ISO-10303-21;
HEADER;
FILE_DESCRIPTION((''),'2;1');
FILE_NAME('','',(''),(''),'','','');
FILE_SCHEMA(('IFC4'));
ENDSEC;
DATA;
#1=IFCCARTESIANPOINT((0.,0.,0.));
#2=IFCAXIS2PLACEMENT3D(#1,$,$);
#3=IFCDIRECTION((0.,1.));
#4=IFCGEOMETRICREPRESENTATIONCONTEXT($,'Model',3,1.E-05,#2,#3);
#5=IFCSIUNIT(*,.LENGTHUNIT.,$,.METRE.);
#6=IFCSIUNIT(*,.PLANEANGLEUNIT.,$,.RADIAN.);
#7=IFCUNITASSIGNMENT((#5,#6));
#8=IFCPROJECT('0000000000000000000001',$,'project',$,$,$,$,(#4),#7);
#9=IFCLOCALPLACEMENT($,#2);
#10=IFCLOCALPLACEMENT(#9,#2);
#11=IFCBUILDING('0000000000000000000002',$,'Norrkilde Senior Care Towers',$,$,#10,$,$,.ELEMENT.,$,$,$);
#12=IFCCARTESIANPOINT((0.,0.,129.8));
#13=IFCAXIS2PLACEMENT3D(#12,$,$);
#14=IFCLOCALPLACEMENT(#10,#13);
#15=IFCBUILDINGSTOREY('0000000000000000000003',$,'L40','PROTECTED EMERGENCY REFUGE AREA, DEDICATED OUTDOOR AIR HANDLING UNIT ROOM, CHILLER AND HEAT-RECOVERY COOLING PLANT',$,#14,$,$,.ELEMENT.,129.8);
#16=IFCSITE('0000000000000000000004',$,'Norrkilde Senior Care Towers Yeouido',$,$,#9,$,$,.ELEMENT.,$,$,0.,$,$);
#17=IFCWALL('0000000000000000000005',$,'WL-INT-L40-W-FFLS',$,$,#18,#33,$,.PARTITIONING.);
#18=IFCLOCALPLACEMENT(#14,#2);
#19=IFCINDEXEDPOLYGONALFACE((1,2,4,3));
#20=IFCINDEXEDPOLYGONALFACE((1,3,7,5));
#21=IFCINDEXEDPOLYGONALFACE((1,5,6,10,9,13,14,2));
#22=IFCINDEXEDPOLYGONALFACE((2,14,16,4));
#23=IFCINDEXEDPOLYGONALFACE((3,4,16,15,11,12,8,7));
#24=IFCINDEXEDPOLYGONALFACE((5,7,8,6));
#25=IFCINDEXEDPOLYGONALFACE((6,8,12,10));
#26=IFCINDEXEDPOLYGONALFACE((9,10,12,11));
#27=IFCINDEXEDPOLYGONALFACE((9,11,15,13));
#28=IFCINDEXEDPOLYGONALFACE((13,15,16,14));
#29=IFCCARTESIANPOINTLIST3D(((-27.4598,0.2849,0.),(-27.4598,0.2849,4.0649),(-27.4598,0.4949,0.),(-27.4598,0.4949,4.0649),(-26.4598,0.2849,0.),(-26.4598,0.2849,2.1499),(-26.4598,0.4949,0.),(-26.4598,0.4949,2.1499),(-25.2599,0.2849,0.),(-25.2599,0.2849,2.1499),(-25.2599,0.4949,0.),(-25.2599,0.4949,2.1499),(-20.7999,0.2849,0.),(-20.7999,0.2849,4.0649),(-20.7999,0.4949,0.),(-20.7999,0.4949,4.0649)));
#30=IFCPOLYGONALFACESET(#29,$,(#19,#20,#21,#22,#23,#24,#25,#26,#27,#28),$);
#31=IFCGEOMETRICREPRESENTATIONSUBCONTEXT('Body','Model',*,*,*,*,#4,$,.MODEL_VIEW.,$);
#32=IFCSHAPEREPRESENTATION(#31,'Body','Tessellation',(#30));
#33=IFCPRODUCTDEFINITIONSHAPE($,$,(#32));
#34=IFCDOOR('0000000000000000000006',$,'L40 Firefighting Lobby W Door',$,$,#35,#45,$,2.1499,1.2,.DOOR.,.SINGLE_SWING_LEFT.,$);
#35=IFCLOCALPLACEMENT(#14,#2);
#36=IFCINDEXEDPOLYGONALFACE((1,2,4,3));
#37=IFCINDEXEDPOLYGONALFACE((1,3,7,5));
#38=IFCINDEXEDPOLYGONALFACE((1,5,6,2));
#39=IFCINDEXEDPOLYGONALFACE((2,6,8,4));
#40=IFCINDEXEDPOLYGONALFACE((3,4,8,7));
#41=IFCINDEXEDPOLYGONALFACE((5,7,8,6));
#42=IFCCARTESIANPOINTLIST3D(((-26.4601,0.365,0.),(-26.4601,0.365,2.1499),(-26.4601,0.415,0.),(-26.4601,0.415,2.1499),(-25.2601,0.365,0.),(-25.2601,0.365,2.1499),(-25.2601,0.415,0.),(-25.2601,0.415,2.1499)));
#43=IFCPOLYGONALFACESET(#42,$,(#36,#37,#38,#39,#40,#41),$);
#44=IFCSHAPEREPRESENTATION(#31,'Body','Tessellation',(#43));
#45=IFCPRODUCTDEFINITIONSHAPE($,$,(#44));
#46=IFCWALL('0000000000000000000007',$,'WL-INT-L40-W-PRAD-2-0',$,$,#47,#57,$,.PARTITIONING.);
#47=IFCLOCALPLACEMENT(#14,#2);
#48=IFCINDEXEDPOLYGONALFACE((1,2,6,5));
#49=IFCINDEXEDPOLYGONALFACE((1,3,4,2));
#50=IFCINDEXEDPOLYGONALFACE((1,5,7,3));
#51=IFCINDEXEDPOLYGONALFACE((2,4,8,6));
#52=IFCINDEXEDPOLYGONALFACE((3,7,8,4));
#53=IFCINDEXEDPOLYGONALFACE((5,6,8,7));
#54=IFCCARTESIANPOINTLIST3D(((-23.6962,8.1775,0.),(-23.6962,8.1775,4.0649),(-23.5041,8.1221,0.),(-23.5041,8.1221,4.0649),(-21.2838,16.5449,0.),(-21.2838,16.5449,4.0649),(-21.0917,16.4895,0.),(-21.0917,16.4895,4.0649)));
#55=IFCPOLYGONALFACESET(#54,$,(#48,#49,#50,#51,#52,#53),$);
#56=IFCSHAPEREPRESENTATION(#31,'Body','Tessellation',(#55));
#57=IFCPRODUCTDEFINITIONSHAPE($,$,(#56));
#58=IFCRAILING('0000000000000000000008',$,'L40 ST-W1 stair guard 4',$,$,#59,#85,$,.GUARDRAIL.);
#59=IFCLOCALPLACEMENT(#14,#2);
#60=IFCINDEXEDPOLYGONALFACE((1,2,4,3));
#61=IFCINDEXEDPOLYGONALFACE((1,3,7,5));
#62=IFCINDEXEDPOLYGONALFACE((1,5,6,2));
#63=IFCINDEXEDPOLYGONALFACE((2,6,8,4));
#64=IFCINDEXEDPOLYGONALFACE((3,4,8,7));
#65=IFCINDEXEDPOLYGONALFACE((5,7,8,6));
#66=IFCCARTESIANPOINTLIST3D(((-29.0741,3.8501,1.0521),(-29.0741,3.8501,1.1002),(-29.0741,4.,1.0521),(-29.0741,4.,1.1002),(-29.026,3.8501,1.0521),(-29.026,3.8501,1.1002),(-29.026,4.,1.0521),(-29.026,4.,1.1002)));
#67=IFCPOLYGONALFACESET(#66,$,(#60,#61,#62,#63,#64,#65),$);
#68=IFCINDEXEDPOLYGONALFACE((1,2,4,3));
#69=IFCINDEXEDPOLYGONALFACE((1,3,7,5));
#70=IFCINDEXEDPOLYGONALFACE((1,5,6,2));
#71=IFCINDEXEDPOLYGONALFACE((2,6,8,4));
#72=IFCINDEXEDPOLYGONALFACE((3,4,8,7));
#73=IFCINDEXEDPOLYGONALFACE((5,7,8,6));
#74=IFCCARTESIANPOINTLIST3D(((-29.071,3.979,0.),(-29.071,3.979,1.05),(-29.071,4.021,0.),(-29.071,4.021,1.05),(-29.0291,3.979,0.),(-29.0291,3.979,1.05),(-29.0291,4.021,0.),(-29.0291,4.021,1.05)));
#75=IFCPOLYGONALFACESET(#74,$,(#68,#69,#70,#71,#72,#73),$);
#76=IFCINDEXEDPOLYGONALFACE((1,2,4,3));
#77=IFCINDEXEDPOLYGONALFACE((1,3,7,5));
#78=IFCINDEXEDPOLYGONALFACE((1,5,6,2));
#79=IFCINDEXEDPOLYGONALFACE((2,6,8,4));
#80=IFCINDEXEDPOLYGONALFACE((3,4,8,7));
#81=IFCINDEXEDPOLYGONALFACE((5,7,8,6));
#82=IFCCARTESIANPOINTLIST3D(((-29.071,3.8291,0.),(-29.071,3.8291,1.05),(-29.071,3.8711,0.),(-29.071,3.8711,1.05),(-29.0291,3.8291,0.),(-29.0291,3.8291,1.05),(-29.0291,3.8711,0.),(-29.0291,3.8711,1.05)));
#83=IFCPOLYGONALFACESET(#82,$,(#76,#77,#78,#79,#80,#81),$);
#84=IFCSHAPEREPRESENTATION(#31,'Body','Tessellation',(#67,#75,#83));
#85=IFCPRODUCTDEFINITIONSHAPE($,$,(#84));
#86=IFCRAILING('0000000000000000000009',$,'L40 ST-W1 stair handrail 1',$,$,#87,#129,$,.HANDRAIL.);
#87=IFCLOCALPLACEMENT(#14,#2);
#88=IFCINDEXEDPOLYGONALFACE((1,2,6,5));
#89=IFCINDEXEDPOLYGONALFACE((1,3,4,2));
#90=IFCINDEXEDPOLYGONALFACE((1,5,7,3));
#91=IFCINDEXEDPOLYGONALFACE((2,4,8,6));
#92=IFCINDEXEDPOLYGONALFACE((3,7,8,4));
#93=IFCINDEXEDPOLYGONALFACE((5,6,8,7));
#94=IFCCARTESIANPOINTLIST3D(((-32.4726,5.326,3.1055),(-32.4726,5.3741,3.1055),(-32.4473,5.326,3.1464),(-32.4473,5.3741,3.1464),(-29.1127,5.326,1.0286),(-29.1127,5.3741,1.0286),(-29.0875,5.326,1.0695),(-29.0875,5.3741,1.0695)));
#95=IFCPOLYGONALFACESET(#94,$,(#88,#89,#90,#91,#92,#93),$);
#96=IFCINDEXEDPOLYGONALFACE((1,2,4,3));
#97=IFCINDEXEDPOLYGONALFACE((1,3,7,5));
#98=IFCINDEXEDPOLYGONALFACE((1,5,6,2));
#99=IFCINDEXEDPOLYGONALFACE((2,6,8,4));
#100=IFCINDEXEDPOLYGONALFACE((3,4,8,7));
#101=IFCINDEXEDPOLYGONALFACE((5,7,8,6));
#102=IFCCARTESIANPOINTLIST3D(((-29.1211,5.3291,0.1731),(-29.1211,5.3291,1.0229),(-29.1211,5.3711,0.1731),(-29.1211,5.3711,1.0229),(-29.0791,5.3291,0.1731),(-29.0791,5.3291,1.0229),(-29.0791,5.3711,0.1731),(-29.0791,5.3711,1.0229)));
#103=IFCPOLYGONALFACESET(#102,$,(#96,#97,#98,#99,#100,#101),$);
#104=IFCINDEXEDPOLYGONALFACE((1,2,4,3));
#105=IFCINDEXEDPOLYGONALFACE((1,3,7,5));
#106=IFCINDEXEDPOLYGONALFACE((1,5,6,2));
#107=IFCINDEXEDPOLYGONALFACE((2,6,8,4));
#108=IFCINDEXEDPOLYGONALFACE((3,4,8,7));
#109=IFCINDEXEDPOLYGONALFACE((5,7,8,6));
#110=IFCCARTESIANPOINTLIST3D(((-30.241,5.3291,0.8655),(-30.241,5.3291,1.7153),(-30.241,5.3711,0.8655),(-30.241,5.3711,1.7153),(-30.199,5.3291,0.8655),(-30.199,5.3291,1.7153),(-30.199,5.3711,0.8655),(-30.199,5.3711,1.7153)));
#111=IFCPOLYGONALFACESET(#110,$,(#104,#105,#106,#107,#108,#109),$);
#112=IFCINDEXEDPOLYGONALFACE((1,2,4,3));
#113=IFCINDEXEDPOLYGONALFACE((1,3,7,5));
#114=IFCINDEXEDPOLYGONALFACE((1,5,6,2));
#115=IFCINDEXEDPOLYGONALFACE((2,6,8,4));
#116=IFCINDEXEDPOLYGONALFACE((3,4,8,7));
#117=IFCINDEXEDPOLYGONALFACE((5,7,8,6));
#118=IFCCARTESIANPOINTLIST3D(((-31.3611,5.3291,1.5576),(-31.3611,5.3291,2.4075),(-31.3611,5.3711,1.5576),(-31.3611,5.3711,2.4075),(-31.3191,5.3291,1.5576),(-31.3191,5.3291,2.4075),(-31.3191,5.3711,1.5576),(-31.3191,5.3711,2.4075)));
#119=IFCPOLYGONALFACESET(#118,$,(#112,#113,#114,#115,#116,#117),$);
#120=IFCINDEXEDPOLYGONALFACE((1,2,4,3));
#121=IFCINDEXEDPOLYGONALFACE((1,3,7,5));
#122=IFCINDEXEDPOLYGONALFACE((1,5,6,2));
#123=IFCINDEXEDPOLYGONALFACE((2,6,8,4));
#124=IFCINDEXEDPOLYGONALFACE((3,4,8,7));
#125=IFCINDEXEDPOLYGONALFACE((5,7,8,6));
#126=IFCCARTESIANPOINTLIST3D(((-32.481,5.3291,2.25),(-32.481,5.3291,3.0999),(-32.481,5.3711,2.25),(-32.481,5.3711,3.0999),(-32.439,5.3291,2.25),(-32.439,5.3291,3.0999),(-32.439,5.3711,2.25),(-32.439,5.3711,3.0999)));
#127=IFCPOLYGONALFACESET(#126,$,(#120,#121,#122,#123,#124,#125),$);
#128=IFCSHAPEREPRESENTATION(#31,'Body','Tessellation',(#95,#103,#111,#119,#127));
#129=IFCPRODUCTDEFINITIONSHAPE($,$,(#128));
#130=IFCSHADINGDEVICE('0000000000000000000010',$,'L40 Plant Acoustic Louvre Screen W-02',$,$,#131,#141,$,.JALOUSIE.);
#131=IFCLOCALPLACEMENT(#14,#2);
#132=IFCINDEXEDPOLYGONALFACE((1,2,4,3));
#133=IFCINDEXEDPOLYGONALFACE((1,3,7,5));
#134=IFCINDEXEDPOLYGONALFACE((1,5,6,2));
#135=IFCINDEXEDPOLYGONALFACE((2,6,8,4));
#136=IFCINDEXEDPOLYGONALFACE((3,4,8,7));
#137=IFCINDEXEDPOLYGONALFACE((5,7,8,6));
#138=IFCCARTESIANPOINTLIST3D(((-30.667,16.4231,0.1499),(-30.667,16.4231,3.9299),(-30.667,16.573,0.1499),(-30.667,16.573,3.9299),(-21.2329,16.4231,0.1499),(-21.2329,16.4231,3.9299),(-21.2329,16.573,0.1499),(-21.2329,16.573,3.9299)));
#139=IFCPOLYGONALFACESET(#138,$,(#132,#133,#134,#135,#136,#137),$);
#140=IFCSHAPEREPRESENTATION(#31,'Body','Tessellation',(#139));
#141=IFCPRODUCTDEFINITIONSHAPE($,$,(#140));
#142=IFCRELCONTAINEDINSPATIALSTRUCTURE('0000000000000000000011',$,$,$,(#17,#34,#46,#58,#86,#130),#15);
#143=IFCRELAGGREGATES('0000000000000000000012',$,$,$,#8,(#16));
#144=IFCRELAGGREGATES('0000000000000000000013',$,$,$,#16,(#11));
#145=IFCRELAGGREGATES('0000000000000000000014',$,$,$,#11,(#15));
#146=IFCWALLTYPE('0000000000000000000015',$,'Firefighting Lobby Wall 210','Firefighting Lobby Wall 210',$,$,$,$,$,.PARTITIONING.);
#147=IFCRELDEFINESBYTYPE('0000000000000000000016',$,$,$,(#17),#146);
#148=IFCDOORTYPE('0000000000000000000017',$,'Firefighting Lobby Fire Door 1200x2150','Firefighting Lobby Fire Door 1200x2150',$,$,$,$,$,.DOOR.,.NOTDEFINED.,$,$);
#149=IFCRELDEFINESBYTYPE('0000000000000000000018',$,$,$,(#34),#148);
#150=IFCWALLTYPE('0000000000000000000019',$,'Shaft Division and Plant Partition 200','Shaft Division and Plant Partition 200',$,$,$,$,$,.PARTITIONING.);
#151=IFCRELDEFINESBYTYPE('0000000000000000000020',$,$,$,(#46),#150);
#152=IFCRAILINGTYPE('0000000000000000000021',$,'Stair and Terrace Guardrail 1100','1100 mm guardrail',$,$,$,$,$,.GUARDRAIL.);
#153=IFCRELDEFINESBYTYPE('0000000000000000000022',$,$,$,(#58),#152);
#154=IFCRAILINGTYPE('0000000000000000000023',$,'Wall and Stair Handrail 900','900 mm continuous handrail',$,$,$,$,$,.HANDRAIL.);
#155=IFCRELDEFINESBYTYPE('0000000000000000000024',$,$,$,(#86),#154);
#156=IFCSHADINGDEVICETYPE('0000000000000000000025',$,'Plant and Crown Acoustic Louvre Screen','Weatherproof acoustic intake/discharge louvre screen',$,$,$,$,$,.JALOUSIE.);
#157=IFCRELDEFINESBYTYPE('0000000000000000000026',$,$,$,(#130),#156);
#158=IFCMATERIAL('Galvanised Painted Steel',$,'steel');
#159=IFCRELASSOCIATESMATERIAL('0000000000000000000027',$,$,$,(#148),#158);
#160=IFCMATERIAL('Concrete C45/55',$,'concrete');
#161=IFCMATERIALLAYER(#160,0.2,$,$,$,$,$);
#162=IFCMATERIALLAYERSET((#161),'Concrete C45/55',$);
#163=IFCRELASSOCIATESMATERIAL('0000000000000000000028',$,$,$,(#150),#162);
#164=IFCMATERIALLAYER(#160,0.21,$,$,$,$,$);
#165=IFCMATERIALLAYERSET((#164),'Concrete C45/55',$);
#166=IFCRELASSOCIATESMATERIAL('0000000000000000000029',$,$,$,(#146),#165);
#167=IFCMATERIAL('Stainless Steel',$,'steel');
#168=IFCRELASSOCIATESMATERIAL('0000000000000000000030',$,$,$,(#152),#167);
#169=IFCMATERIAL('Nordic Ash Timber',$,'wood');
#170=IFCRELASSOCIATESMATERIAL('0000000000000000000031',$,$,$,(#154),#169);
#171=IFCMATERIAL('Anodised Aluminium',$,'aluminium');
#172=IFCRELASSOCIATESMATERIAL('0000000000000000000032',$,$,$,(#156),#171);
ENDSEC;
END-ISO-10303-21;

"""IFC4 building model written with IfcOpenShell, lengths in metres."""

from ifc_helpers import new_model, si_unit, direction, frame, frame_2d, origin, origin_2d, place, context, subcontext, project, spatial, rectangle, extrude, source, transform, mapped, material, layer, layer_set, type_object, type_shapes, element, fill, save


model = new_model("IFC4")

# Units and contexts
model_context = context("Model", 3, precision=1e-05, world=origin(), true_north=direction((0.0, 1.0)))
body_context = subcontext(model_context, "Body", "Model", "MODEL_VIEW")
ifc_project = project(units=[si_unit("LENGTHUNIT", "METRE"), si_unit("PLANEANGLEUNIT", "RADIAN")], contexts=[model_context])

# Site, building, storey
site_placement = place(None, origin())
site = spatial("IfcSite", under=ifc_project, at=site_placement, Name="Norrkilde Senior Care Towers Yeouido", CompositionType="ELEMENT", RefElevation=0.0)
building_placement = place(site_placement, origin())
building = spatial("IfcBuilding", under=site, at=building_placement, Name="Norrkilde Senior Care Towers", CompositionType="ELEMENT")
storey_placement = place(building_placement, frame((0.0, 0.0, 129.8)))
storey = spatial("IfcBuildingStorey", under=building, at=storey_placement, Name="L40", Description="PROTECTED EMERGENCY REFUGE AREA, DEDICATED OUTDOOR AIR HANDLING UNIT ROOM, CHILLER AND HEAT-RECOVERY COOLING PLANT", CompositionType="ELEMENT", Elevation=129.8)

# Shared definitions
ifc_material_1 = material(Name="Anodised Aluminium", Category="aluminium")

# Shared definitions
ifc_material_2 = material(Name="Galvanised Painted Steel", Category="steel")
door_type_1 = type_object("IfcDoorType", Name="Firefighting Lobby Fire Door 1200x2150", Description="Firefighting Lobby Fire Door 1200x2150", OperationType="NOTDEFINED", PredefinedType="DOOR", material=ifc_material_2)
shared_shape_1 = source(origin(), body_context, "Body", "SweptSolid", [
    extrude(rectangle(XDim=1.2, YDim=2.1499, at=frame_2d((0.6001, 1.075))), frame((0.0, 0.0249, 0.0), z_axis=(0.0, -1.0, 0.0), x_axis=(1.0, 0.0, 0.0)), (0.0, 0.0, 1.0), 0.05),
])
type_shapes(door_type_1, [shared_shape_1])
ifc_material_3 = material(Name="Concrete C45/55", Category="concrete")
ifc_material_4 = material(Name="Stainless Steel", Category="steel")

# Shared definitions
ifc_layer_1 = layer(ifc_material_3, 0.2)
ifc_layer_set_1 = layer_set([ifc_layer_1], Name="Concrete C45/55")
wall_type_1 = type_object("IfcWallType", Name="Shaft Division and Plant Partition 200", Description="Shaft Division and Plant Partition 200", PredefinedType="PARTITIONING", material=ifc_layer_set_1)

# Wall, opening, door
ifc_layer_2 = layer(ifc_material_3, 0.21)
ifc_layer_set_2 = layer_set([ifc_layer_2], Name="Concrete C45/55")
wall_type_2 = type_object("IfcWallType", Name="Firefighting Lobby Wall 210", Description="Firefighting Lobby Wall 210", PredefinedType="PARTITIONING", material=ifc_layer_set_2)
shared_shape_2 = source(origin(), body_context, "Body", "SweptSolid", [
    extrude(rectangle(XDim=6.6599, YDim=0.21, at=frame_2d((3.3301, 0.0))), origin(), (0.0, 0.0, 1.0), 4.0649),
])
type_shapes(wall_type_2, [shared_shape_2])
wall_1_placement = place(storey_placement, frame((-27.46, 0.3899, 0.0), z_axis=(0.0, 0.0, 1.0), x_axis=(1.0, 0.0, 0.0)))
wall_1 = element("IfcWall", 1, at=wall_1_placement, inside=storey, type_object=wall_type_2, Name="WL-INT-L40-W-FFLS", PredefinedType="PARTITIONING", context=body_context, shape_type="MappedRepresentation", body=[
    mapped(shared_shape_2, transform((0.0, 0.0, 0.0), x_axis=(1.0, 0.0, 0.0), y_axis=(0.0, 1.0, 0.0), z_axis=(0.0, 0.0, 1.0), scale=1.0)),
])
opening_1_placement = place(wall_1_placement, frame((1.0, 0.0, 0.0)))
opening_1 = element("IfcOpeningElement", 2, at=opening_1_placement, cuts=wall_1, PredefinedType="OPENING", context=body_context, shape_type="SweptSolid", body=[
    extrude(rectangle(XDim=1.2, YDim=2.1499, at=frame_2d((0.6001, 1.075))), frame((0.0, 0.115, 0.0), z_axis=(0.0, -1.0, 0.0), x_axis=(1.0, 0.0, 0.0)), (0.0, 0.0, 1.0), 0.23),
])
door_1_placement = place(opening_1_placement, frame((1.2, 0.0, 0.0), z_axis=(0.0, 0.0, 1.0), x_axis=(-1.0, 0.0, 0.0)))
door_1 = element("IfcDoor", 3, at=door_1_placement, inside=storey, type_object=door_type_1, Name="L40 Firefighting Lobby W Door", OperationType="SINGLE_SWING_LEFT", OverallHeight=2.1499, OverallWidth=1.2, PredefinedType="DOOR", context=body_context, shape_type="MappedRepresentation", body=[
    mapped(shared_shape_1, transform((0.0, 0.0, 0.0), x_axis=(1.0, 0.0, 0.0), y_axis=(0.0, 1.0, 0.0), z_axis=(0.0, 0.0, 1.0), scale=1.0)),
])
fill(opening_1, door_1)

# Wall
shared_shape_3 = source(origin(), body_context, "Body", "SweptSolid", [
    extrude(rectangle(XDim=8.7083, YDim=0.2, at=frame_2d((4.354, 0.0))), origin(), (0.0, 0.0, 1.0), 4.0649),
])
wall_2_placement = place(storey_placement, frame((-23.6001, 8.1499, 0.0), z_axis=(0.0, 0.0, 1.0), x_axis=(0.27702, 0.960864, 0.0)))
element("IfcWall", 4, at=wall_2_placement, inside=storey, type_object=wall_type_1, Name="WL-INT-L40-W-PRAD-2-0", PredefinedType="PARTITIONING", context=body_context, shape_type="MappedRepresentation", body=[
    mapped(shared_shape_3, transform((0.0, 0.0, 0.0), x_axis=(1.0, 0.0, 0.0), y_axis=(0.0, 1.0, 0.0), z_axis=(0.0, 0.0, 1.0), scale=1.0)),
])

# Railings
railing_type_1 = type_object("IfcRailingType", Name="Stair and Terrace Guardrail 1100", Description="1100 mm guardrail", PredefinedType="GUARDRAIL", material=ifc_material_4)
railing_1_placement = place(storey_placement, frame((-29.05, 4.0, 0.0)))
element("IfcRailing", 5, at=railing_1_placement, inside=storey, type_object=railing_type_1, Name="L40 ST-W1 stair guard 4", PredefinedType="GUARDRAIL", context=body_context, shape_type="SweptSolid", body=[
    extrude(rectangle(XDim=0.0481, YDim=0.0481, at=origin_2d()), frame((0.0, 0.0, 1.0762), z_axis=(0.0, -1.0, 0.0), x_axis=(1.0, 0.0, 0.0)), (0.0, 0.0, 1.0), 0.1499),
    extrude(rectangle(XDim=0.042, YDim=0.042, at=origin_2d()), origin(), (0.0, 0.0, 1.0), 1.05),
    extrude(rectangle(XDim=0.042, YDim=0.042, at=origin_2d()), frame((0.0, -0.1499, 0.0)), (0.0, 0.0, 1.0), 1.05),
])
ifc_material_5 = material(Name="Nordic Ash Timber", Category="wood")
railing_type_2 = type_object("IfcRailingType", Name="Wall and Stair Handrail 900", Description="900 mm continuous handrail", PredefinedType="HANDRAIL", material=ifc_material_5)
railing_2_placement = place(storey_placement, frame((-29.1001, 5.3501, 0.1731)))
element("IfcRailing", 6, at=railing_2_placement, inside=storey, type_object=railing_type_2, Name="L40 ST-W1 stair handrail 1", PredefinedType="HANDRAIL", context=body_context, shape_type="SweptSolid", body=[
    extrude(rectangle(XDim=0.0481, YDim=0.0481, at=origin_2d()), frame((0.0, 0.0, 0.876), z_axis=(-0.850606, 0.0, 0.525803), x_axis=(0.0, -1.0, 0.0)), (0.0, 0.0, 1.0), 3.95),
    extrude(rectangle(XDim=0.042, YDim=0.042, at=origin_2d()), origin(), (0.0, 0.0, 1.0), 0.8499),
    extrude(rectangle(XDim=0.042, YDim=0.042, at=origin_2d()), frame((-1.1199, 0.0, 0.6924)), (0.0, 0.0, 1.0), 0.8499),
    extrude(rectangle(XDim=0.042, YDim=0.042, at=origin_2d()), frame((-2.24, 0.0, 1.3845)), (0.0, 0.0, 1.0), 0.8499),
    extrude(rectangle(XDim=0.042, YDim=0.042, at=origin_2d()), frame((-3.3599, 0.0, 2.0769)), (0.0, 0.0, 1.0), 0.8499),
])

# Shading device
shading_device_type = type_object("IfcShadingDeviceType", Name="Plant and Crown Acoustic Louvre Screen", Description="Weatherproof acoustic intake/discharge louvre screen", PredefinedType="JALOUSIE", material=ifc_material_1)
shared_shape_4 = source(origin(), body_context, "Body", "SweptSolid", [
    extrude(rectangle(XDim=9.4341, YDim=0.1499, at=origin_2d()), origin(), (0.0, 0.0, 1.0), 3.78),
])
type_shapes(shading_device_type, [shared_shape_4])
shading_device_placement = place(storey_placement, frame((-25.95, 16.498, 0.1499), z_axis=(0.0, 0.0, 1.0), x_axis=(1.0, 0.0, 0.0)))
element("IfcShadingDevice", 7, at=shading_device_placement, inside=storey, type_object=shading_device_type, Name="L40 Plant Acoustic Louvre Screen W-02", PredefinedType="JALOUSIE", context=body_context, shape_type="MappedRepresentation", body=[
    mapped(shared_shape_4, transform((0.0, 0.0, 0.0), x_axis=(1.0, 0.0, 0.0), y_axis=(0.0, 1.0, 0.0), z_axis=(0.0, 0.0, 1.0), scale=1.0)),
])

save(model, "model.ifc")
